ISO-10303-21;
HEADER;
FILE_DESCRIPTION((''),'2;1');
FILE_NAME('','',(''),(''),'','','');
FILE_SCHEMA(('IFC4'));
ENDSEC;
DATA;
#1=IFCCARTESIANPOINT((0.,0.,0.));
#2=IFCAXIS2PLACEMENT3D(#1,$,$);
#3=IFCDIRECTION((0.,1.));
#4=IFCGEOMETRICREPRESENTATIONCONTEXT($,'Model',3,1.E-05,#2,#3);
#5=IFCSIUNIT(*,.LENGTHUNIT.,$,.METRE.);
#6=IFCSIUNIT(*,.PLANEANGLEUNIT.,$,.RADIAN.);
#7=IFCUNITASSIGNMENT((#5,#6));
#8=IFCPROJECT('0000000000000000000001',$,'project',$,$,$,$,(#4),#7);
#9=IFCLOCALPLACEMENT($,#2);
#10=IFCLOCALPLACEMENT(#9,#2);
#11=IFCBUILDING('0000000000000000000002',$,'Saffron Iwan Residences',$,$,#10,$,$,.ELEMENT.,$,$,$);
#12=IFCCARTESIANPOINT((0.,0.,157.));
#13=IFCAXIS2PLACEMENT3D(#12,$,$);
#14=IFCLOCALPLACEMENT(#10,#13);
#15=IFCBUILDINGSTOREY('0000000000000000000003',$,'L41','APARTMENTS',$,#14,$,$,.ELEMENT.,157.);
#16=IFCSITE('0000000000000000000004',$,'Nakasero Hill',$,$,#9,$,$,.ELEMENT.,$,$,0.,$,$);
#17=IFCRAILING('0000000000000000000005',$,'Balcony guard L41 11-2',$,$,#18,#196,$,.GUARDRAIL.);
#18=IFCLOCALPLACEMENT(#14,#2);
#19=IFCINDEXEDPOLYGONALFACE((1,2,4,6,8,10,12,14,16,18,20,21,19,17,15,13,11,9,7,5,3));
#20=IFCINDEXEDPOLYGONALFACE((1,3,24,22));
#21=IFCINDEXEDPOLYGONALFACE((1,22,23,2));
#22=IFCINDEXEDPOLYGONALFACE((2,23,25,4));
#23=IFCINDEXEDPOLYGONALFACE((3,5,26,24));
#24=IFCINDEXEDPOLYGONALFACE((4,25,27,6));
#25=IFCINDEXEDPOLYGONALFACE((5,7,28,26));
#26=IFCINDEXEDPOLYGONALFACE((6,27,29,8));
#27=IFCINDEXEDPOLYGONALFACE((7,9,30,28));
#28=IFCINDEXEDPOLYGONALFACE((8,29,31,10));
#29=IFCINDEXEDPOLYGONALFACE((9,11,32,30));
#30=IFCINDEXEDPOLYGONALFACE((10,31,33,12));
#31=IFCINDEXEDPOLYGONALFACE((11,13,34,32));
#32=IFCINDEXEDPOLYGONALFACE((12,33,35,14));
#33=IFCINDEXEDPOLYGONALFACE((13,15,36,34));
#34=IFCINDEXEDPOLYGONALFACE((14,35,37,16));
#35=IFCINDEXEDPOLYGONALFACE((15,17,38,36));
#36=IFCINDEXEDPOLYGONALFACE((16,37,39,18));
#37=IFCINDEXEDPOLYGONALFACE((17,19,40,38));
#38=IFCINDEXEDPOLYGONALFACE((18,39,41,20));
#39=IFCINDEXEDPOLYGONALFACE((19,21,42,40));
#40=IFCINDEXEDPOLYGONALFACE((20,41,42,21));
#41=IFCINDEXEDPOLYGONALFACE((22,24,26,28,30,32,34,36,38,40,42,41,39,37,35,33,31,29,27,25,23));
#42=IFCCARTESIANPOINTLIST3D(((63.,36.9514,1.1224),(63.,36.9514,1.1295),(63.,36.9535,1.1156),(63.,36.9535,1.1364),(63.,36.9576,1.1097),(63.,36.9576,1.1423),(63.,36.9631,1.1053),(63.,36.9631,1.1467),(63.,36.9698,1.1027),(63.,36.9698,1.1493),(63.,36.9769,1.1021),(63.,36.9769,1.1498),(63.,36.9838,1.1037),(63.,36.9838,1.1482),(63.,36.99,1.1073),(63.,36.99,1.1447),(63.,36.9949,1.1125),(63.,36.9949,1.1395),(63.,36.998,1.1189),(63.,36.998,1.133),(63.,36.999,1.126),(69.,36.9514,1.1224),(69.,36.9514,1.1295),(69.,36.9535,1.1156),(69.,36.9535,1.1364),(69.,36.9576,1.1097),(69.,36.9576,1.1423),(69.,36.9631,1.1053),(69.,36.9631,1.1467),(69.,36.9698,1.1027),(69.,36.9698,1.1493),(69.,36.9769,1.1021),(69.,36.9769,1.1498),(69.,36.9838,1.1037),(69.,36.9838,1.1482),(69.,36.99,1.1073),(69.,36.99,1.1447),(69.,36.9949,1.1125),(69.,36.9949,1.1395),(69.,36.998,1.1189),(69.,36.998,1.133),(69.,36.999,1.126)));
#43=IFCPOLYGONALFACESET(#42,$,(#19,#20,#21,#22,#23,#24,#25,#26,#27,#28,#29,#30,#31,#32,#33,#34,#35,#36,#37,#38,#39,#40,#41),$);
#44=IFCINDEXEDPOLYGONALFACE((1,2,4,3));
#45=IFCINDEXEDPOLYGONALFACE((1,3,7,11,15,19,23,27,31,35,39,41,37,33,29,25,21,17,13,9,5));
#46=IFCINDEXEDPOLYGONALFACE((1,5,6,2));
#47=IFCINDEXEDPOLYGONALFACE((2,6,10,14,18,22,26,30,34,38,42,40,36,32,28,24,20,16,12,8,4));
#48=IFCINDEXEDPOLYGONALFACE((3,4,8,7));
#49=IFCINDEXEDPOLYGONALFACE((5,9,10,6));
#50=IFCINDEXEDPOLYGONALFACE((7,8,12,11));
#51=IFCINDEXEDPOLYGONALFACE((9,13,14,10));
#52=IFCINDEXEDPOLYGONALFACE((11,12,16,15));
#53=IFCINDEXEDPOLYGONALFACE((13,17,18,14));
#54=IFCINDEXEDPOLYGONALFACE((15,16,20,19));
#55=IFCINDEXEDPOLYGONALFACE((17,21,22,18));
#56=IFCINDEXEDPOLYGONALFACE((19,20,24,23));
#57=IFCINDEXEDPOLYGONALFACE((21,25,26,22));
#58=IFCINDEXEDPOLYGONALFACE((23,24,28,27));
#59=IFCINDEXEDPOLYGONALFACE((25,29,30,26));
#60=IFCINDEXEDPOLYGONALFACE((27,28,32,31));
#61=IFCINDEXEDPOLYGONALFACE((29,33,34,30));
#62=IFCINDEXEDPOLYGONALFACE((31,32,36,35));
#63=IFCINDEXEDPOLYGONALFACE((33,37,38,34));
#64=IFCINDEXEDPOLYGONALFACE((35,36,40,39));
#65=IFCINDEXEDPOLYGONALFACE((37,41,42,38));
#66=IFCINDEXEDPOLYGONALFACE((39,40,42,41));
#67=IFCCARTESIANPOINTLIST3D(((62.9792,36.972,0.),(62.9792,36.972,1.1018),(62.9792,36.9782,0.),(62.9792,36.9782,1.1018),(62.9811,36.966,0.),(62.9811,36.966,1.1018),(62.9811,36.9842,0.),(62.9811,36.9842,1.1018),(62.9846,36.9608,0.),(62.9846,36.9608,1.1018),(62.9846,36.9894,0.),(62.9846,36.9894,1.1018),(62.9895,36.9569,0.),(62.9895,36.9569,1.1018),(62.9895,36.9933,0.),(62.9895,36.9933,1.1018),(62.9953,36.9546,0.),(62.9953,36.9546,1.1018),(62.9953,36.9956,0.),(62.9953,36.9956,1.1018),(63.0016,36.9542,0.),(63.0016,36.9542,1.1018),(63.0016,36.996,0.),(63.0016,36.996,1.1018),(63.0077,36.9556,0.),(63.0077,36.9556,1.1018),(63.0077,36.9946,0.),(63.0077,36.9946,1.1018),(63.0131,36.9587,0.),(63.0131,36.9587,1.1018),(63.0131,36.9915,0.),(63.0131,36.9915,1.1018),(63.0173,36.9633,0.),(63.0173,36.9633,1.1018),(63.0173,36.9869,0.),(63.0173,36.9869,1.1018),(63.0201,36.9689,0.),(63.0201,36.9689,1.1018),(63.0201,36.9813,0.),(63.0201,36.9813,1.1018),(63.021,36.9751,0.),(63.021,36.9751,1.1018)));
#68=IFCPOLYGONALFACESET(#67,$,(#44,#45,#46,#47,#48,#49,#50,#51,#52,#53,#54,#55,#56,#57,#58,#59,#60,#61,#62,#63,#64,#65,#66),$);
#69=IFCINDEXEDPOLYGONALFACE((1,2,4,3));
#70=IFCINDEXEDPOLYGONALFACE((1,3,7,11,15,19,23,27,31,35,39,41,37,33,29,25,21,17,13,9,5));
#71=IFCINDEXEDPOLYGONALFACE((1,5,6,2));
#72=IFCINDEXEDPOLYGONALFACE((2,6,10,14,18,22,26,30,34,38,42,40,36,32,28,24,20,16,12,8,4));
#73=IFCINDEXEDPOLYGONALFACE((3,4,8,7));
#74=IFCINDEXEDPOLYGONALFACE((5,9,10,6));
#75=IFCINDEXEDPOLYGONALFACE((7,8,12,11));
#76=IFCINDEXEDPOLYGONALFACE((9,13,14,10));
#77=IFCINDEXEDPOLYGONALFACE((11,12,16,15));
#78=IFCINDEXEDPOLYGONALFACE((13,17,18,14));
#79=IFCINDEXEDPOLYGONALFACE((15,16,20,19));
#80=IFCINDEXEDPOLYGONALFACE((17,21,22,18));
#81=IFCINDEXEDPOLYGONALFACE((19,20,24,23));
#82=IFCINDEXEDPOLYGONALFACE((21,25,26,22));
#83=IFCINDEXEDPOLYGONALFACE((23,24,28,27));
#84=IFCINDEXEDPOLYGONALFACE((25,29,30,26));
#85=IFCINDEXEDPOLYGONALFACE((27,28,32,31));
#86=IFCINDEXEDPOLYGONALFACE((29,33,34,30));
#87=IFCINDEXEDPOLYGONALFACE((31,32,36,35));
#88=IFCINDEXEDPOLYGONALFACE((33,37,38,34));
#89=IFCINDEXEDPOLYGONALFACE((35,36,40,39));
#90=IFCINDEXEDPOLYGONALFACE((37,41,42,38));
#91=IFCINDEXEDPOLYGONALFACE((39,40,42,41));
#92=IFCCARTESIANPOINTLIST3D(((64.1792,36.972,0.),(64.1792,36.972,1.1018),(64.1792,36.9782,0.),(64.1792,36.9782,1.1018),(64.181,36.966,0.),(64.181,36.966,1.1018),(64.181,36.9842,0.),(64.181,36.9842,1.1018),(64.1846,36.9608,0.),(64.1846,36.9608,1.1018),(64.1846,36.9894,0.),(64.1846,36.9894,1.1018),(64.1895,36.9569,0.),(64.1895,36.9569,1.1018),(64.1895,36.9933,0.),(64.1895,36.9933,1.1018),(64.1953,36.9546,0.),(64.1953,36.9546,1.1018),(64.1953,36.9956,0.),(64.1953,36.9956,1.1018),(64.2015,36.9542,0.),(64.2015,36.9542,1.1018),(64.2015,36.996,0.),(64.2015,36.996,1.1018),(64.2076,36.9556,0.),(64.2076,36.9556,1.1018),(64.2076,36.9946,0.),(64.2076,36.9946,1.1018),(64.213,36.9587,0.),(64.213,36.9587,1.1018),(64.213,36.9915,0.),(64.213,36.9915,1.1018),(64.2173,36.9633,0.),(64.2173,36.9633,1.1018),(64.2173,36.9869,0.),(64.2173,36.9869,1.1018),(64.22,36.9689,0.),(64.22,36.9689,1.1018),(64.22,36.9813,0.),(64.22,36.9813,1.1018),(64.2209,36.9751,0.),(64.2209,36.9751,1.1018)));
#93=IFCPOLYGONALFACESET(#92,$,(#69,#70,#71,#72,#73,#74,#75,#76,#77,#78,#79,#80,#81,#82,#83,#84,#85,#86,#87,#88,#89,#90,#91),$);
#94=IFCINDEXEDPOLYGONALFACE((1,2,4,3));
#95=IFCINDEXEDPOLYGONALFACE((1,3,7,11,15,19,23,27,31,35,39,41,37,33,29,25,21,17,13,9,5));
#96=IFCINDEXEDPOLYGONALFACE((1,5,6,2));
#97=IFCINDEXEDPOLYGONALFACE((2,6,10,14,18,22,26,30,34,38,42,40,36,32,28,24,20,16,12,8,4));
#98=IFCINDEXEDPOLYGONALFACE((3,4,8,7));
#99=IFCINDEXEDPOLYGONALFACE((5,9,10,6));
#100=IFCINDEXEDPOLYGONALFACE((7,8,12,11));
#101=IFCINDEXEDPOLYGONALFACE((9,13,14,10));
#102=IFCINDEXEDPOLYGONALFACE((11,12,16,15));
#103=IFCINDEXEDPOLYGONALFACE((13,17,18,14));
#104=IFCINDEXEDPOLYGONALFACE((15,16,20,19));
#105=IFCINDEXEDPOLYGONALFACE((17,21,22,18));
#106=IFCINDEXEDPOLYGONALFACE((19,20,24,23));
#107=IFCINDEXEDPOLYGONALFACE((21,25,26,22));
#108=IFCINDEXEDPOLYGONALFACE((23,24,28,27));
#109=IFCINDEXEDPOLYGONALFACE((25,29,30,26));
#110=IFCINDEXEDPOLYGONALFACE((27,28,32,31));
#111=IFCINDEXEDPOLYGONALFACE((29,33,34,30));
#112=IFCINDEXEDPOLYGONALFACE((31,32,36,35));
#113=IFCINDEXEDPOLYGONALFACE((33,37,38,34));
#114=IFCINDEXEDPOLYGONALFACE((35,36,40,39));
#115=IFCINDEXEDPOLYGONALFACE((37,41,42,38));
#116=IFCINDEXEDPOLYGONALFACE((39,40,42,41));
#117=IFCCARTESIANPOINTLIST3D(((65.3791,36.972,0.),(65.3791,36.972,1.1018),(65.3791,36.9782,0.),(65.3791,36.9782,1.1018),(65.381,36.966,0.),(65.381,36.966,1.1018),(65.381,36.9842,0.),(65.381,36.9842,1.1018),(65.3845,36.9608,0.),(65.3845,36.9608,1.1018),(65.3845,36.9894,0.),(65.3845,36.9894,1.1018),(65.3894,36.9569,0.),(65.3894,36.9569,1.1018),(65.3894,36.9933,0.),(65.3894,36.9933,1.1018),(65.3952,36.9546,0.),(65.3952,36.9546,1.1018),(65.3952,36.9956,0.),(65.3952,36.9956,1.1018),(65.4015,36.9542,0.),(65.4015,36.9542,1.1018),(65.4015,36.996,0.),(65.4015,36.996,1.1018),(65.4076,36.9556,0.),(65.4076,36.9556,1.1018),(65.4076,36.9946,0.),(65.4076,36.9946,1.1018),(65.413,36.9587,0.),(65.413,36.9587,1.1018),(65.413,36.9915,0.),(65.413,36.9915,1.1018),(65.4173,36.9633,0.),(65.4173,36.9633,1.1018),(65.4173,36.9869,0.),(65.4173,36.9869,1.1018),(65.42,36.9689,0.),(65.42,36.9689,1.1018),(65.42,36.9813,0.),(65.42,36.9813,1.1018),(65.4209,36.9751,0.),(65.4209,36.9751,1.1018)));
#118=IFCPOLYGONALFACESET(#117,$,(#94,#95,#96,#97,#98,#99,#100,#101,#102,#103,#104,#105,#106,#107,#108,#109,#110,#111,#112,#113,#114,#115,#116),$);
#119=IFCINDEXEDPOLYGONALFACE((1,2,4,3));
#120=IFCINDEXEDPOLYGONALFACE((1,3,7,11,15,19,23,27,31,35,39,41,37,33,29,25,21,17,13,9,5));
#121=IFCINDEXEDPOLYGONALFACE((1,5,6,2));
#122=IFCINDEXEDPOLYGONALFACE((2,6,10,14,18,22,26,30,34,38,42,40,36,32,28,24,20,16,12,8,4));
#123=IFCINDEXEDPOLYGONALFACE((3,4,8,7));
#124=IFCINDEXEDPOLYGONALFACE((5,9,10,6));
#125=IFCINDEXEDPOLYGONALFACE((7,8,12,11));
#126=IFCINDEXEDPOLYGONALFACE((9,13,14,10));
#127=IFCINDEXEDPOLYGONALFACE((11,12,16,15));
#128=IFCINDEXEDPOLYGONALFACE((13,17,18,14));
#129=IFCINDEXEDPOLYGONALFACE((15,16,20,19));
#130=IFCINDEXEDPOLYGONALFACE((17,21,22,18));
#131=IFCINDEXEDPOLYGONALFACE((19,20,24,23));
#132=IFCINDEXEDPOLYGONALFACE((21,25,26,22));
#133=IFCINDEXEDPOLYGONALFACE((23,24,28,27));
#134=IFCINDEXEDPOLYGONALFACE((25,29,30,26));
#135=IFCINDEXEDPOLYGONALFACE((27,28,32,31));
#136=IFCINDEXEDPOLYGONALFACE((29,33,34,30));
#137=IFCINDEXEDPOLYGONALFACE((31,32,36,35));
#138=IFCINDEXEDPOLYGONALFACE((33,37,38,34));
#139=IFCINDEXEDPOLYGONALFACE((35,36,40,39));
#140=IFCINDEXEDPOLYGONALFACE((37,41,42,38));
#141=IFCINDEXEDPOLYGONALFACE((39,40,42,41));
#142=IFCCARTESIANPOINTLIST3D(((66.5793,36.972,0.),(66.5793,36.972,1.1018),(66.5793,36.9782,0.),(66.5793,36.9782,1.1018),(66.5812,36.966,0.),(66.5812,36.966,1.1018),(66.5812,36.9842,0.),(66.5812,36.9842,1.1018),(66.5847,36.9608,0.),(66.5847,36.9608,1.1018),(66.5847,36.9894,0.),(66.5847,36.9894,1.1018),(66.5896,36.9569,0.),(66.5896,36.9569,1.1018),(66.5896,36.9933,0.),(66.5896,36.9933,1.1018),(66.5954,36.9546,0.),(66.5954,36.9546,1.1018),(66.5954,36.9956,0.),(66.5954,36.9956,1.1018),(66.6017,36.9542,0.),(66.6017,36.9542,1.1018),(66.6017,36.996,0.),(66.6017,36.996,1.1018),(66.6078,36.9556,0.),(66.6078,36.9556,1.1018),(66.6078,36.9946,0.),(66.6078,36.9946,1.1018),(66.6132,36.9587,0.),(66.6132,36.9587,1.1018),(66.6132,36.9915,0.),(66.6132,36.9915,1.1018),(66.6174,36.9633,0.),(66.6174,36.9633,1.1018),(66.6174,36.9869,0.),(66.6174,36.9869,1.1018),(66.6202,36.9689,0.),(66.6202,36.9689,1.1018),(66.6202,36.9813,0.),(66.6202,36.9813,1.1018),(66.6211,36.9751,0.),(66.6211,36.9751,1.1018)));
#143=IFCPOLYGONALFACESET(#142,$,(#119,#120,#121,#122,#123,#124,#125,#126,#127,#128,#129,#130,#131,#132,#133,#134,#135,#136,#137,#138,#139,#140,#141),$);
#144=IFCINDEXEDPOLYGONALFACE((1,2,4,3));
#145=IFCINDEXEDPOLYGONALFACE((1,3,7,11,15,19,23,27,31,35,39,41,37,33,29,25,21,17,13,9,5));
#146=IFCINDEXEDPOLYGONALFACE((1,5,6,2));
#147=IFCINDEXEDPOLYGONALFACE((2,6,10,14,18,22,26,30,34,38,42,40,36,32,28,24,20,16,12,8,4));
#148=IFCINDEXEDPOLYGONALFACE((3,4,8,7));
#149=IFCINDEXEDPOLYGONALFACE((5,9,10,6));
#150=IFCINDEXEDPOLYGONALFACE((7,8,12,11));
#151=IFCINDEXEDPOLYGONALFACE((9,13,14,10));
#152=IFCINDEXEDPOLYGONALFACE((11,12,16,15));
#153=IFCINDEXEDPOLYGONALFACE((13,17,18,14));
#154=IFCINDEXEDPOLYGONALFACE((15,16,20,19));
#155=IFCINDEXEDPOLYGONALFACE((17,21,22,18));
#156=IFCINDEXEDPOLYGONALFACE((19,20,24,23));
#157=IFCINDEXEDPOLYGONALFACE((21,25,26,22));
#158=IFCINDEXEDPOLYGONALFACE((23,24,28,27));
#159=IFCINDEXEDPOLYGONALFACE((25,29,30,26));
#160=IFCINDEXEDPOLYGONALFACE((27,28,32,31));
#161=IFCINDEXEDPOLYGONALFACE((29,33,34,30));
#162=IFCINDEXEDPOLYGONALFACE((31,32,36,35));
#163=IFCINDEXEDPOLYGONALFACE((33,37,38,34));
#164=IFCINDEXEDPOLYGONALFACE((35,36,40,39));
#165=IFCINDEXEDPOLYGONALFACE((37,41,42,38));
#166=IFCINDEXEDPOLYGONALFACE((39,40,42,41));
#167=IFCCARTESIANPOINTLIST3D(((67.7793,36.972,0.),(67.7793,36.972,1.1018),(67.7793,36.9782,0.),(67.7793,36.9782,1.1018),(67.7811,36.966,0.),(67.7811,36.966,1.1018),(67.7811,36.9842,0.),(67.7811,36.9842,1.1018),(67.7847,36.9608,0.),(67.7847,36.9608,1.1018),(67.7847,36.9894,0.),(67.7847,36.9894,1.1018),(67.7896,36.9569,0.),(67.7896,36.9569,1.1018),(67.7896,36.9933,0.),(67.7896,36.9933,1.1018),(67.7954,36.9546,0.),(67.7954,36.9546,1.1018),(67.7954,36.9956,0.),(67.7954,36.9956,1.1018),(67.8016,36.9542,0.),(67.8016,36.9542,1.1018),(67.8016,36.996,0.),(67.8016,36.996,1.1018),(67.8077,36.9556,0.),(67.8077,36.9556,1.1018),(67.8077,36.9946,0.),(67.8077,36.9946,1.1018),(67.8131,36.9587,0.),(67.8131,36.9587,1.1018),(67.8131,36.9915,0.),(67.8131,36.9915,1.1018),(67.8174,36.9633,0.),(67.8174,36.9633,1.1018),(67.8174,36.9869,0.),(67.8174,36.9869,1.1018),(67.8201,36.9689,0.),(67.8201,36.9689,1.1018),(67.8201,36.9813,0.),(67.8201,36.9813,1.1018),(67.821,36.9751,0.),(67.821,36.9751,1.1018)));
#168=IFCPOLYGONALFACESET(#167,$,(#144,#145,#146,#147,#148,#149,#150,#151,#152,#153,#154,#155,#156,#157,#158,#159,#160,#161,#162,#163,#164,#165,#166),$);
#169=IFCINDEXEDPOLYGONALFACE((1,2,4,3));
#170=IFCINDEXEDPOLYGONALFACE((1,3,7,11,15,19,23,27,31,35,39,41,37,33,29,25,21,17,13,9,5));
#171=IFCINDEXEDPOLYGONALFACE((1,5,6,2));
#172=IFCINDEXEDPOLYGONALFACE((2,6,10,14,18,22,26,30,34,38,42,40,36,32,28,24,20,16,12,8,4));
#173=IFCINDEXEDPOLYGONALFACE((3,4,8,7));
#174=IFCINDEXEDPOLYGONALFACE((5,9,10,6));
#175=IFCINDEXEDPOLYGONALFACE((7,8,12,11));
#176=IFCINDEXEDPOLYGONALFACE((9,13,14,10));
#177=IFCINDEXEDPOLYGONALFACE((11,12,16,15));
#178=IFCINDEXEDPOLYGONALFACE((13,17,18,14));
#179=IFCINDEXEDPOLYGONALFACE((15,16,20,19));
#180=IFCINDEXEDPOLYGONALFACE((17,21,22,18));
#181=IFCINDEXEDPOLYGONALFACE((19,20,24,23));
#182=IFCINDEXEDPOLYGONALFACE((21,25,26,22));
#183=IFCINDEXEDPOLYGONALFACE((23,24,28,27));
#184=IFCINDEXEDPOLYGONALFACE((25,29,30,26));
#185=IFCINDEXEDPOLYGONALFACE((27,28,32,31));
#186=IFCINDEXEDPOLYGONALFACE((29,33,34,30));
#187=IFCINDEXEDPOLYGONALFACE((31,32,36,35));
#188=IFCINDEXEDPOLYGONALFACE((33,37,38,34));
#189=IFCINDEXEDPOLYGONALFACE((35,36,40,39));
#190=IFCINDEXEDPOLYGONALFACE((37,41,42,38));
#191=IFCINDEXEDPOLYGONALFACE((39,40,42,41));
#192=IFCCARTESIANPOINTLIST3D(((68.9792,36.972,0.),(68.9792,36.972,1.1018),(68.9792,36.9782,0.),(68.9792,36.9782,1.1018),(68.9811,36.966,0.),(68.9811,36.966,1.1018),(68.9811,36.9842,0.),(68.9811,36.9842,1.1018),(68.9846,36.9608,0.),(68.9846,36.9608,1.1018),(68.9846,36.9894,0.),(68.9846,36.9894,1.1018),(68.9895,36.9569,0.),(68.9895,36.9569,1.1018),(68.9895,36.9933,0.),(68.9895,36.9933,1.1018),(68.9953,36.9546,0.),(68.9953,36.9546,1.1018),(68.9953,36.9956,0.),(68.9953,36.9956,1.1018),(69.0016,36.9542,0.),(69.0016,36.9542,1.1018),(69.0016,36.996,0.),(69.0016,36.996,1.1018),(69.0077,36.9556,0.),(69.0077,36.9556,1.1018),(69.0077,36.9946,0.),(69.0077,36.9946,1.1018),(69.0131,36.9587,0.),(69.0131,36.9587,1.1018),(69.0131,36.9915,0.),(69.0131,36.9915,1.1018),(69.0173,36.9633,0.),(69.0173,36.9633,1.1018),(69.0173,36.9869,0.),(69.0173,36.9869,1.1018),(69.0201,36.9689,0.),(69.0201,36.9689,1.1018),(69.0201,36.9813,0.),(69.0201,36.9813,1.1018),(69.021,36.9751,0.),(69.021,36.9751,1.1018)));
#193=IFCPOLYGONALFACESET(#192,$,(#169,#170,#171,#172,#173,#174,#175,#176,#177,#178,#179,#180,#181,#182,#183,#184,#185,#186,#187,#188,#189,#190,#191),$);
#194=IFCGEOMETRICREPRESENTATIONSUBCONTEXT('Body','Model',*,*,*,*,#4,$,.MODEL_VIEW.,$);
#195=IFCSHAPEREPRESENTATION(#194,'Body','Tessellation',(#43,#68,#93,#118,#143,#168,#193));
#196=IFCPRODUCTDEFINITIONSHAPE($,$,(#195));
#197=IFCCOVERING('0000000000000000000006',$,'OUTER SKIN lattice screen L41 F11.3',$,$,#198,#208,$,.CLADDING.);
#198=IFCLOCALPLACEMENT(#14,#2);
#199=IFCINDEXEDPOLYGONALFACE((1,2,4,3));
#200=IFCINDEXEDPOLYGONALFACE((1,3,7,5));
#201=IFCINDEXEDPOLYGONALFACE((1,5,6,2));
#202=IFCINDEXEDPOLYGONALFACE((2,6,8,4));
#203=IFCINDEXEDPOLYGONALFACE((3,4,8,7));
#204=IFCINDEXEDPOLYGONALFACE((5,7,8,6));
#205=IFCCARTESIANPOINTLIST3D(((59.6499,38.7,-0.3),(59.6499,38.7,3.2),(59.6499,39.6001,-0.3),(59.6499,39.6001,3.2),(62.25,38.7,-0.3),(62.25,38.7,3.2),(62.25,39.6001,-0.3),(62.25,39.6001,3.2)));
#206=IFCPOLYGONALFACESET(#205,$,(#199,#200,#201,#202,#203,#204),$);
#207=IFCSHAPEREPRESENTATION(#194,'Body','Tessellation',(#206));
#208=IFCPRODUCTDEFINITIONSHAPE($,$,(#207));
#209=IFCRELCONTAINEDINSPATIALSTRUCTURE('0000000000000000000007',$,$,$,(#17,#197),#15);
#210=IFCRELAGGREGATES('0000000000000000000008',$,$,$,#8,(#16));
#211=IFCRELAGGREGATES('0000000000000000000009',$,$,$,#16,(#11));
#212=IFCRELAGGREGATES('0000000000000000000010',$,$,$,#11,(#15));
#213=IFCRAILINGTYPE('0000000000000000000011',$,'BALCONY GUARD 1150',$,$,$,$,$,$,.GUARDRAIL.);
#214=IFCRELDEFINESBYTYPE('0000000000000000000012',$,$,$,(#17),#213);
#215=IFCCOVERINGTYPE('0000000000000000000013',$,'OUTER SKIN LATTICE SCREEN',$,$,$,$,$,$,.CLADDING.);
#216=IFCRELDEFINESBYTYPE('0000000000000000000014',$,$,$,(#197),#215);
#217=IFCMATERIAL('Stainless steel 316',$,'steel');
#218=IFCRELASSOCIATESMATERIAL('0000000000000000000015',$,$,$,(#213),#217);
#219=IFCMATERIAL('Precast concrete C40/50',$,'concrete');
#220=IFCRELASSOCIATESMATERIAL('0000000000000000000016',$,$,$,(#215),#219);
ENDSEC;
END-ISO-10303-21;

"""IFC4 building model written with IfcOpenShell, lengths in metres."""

from ifc_helpers import new_model, si_unit, direction, frame, origin, origin_2d, place, context, subcontext, project, spatial, polyline, circle, outline, extrude, material, type_object, element, save


model = new_model("IFC4")

# Units and contexts
model_context = context("Model", 3, precision=1e-05, world=origin(), true_north=direction((0.0, 1.0)))
body_context = subcontext(model_context, "Body", "Model", "MODEL_VIEW")
ifc_project = project(units=[si_unit("LENGTHUNIT", "METRE"), si_unit("PLANEANGLEUNIT", "RADIAN")], contexts=[model_context])

# Site, building, storey
site_placement = place(None, origin())
site = spatial("IfcSite", under=ifc_project, at=site_placement, Name="Nakasero Hill", CompositionType="ELEMENT", RefElevation=0.0)
building_placement = place(site_placement, origin())
building = spatial("IfcBuilding", under=site, at=building_placement, Name="Saffron Iwan Residences", CompositionType="ELEMENT")
storey_placement = place(building_placement, frame((0.0, 0.0, 157.0)))
storey = spatial("IfcBuildingStorey", under=building, at=storey_placement, Name="L41", Description="APARTMENTS", CompositionType="ELEMENT", Elevation=157.0)

# Railing
ifc_material_1 = material(Name="Stainless steel 316", Category="steel")
railing_type = type_object("IfcRailingType", Name="BALCONY GUARD 1150", PredefinedType="GUARDRAIL", material=ifc_material_1)
railing_placement = place(storey_placement, frame((63.0, 36.9751, 0.0)))
element("IfcRailing", 1, at=railing_placement, inside=storey, type_object=railing_type, Name="Balcony guard L41 11-2", PredefinedType="GUARDRAIL", context=body_context, shape_type="SweptSolid", body=[
    extrude(circle(Radius=0.0239, at=origin_2d()), frame((0.0, 0.0, 1.126), z_axis=(1.0, 0.0, 0.0), x_axis=(0.0, 1.0, 0.0)), (0.0, 0.0, 1.0), 6.0),
    extrude(circle(Radius=0.021, at=origin_2d()), origin(), (0.0, 0.0, 1.0), 1.1018),
    extrude(circle(Radius=0.021, at=origin_2d()), frame((1.2, 0.0, 0.0)), (0.0, 0.0, 1.0), 1.1018),
    extrude(circle(Radius=0.021, at=origin_2d()), frame((2.3999, 0.0, 0.0)), (0.0, 0.0, 1.0), 1.1018),
    extrude(circle(Radius=0.021, at=origin_2d()), frame((3.6001, 0.0, 0.0)), (0.0, 0.0, 1.0), 1.1018),
    extrude(circle(Radius=0.021, at=origin_2d()), frame((4.8, 0.0, 0.0)), (0.0, 0.0, 1.0), 1.1018),
    extrude(circle(Radius=0.021, at=origin_2d()), frame((6.0, 0.0, 0.0)), (0.0, 0.0, 1.0), 1.1018),
])

# Covering
ifc_material_2 = material(Name="Precast concrete C40/50", Category="concrete")
covering_type = type_object("IfcCoveringType", Name="OUTER SKIN LATTICE SCREEN", PredefinedType="CLADDING", material=ifc_material_2)
covering_placement = place(storey_placement, frame((59.6499, 39.6001, -0.3), z_axis=(0.0, -1.0, 0.0), x_axis=(1.0, 0.0, 0.0)))
element("IfcCovering", 2, at=covering_placement, inside=storey, type_object=covering_type, Name="OUTER SKIN lattice screen L41 F11.3", PredefinedType="CLADDING", context=body_context, shape_type="SweptSolid", body=[
    extrude(outline(polyline([(0.0, 0.0), (2.6001, 0.0), (2.6001, 3.5), (0.0, 3.5), (0.0, 0.0)])), origin(), (0.0, 0.0, 1.0), 0.9001),
])

save(model, "model.ifc")
